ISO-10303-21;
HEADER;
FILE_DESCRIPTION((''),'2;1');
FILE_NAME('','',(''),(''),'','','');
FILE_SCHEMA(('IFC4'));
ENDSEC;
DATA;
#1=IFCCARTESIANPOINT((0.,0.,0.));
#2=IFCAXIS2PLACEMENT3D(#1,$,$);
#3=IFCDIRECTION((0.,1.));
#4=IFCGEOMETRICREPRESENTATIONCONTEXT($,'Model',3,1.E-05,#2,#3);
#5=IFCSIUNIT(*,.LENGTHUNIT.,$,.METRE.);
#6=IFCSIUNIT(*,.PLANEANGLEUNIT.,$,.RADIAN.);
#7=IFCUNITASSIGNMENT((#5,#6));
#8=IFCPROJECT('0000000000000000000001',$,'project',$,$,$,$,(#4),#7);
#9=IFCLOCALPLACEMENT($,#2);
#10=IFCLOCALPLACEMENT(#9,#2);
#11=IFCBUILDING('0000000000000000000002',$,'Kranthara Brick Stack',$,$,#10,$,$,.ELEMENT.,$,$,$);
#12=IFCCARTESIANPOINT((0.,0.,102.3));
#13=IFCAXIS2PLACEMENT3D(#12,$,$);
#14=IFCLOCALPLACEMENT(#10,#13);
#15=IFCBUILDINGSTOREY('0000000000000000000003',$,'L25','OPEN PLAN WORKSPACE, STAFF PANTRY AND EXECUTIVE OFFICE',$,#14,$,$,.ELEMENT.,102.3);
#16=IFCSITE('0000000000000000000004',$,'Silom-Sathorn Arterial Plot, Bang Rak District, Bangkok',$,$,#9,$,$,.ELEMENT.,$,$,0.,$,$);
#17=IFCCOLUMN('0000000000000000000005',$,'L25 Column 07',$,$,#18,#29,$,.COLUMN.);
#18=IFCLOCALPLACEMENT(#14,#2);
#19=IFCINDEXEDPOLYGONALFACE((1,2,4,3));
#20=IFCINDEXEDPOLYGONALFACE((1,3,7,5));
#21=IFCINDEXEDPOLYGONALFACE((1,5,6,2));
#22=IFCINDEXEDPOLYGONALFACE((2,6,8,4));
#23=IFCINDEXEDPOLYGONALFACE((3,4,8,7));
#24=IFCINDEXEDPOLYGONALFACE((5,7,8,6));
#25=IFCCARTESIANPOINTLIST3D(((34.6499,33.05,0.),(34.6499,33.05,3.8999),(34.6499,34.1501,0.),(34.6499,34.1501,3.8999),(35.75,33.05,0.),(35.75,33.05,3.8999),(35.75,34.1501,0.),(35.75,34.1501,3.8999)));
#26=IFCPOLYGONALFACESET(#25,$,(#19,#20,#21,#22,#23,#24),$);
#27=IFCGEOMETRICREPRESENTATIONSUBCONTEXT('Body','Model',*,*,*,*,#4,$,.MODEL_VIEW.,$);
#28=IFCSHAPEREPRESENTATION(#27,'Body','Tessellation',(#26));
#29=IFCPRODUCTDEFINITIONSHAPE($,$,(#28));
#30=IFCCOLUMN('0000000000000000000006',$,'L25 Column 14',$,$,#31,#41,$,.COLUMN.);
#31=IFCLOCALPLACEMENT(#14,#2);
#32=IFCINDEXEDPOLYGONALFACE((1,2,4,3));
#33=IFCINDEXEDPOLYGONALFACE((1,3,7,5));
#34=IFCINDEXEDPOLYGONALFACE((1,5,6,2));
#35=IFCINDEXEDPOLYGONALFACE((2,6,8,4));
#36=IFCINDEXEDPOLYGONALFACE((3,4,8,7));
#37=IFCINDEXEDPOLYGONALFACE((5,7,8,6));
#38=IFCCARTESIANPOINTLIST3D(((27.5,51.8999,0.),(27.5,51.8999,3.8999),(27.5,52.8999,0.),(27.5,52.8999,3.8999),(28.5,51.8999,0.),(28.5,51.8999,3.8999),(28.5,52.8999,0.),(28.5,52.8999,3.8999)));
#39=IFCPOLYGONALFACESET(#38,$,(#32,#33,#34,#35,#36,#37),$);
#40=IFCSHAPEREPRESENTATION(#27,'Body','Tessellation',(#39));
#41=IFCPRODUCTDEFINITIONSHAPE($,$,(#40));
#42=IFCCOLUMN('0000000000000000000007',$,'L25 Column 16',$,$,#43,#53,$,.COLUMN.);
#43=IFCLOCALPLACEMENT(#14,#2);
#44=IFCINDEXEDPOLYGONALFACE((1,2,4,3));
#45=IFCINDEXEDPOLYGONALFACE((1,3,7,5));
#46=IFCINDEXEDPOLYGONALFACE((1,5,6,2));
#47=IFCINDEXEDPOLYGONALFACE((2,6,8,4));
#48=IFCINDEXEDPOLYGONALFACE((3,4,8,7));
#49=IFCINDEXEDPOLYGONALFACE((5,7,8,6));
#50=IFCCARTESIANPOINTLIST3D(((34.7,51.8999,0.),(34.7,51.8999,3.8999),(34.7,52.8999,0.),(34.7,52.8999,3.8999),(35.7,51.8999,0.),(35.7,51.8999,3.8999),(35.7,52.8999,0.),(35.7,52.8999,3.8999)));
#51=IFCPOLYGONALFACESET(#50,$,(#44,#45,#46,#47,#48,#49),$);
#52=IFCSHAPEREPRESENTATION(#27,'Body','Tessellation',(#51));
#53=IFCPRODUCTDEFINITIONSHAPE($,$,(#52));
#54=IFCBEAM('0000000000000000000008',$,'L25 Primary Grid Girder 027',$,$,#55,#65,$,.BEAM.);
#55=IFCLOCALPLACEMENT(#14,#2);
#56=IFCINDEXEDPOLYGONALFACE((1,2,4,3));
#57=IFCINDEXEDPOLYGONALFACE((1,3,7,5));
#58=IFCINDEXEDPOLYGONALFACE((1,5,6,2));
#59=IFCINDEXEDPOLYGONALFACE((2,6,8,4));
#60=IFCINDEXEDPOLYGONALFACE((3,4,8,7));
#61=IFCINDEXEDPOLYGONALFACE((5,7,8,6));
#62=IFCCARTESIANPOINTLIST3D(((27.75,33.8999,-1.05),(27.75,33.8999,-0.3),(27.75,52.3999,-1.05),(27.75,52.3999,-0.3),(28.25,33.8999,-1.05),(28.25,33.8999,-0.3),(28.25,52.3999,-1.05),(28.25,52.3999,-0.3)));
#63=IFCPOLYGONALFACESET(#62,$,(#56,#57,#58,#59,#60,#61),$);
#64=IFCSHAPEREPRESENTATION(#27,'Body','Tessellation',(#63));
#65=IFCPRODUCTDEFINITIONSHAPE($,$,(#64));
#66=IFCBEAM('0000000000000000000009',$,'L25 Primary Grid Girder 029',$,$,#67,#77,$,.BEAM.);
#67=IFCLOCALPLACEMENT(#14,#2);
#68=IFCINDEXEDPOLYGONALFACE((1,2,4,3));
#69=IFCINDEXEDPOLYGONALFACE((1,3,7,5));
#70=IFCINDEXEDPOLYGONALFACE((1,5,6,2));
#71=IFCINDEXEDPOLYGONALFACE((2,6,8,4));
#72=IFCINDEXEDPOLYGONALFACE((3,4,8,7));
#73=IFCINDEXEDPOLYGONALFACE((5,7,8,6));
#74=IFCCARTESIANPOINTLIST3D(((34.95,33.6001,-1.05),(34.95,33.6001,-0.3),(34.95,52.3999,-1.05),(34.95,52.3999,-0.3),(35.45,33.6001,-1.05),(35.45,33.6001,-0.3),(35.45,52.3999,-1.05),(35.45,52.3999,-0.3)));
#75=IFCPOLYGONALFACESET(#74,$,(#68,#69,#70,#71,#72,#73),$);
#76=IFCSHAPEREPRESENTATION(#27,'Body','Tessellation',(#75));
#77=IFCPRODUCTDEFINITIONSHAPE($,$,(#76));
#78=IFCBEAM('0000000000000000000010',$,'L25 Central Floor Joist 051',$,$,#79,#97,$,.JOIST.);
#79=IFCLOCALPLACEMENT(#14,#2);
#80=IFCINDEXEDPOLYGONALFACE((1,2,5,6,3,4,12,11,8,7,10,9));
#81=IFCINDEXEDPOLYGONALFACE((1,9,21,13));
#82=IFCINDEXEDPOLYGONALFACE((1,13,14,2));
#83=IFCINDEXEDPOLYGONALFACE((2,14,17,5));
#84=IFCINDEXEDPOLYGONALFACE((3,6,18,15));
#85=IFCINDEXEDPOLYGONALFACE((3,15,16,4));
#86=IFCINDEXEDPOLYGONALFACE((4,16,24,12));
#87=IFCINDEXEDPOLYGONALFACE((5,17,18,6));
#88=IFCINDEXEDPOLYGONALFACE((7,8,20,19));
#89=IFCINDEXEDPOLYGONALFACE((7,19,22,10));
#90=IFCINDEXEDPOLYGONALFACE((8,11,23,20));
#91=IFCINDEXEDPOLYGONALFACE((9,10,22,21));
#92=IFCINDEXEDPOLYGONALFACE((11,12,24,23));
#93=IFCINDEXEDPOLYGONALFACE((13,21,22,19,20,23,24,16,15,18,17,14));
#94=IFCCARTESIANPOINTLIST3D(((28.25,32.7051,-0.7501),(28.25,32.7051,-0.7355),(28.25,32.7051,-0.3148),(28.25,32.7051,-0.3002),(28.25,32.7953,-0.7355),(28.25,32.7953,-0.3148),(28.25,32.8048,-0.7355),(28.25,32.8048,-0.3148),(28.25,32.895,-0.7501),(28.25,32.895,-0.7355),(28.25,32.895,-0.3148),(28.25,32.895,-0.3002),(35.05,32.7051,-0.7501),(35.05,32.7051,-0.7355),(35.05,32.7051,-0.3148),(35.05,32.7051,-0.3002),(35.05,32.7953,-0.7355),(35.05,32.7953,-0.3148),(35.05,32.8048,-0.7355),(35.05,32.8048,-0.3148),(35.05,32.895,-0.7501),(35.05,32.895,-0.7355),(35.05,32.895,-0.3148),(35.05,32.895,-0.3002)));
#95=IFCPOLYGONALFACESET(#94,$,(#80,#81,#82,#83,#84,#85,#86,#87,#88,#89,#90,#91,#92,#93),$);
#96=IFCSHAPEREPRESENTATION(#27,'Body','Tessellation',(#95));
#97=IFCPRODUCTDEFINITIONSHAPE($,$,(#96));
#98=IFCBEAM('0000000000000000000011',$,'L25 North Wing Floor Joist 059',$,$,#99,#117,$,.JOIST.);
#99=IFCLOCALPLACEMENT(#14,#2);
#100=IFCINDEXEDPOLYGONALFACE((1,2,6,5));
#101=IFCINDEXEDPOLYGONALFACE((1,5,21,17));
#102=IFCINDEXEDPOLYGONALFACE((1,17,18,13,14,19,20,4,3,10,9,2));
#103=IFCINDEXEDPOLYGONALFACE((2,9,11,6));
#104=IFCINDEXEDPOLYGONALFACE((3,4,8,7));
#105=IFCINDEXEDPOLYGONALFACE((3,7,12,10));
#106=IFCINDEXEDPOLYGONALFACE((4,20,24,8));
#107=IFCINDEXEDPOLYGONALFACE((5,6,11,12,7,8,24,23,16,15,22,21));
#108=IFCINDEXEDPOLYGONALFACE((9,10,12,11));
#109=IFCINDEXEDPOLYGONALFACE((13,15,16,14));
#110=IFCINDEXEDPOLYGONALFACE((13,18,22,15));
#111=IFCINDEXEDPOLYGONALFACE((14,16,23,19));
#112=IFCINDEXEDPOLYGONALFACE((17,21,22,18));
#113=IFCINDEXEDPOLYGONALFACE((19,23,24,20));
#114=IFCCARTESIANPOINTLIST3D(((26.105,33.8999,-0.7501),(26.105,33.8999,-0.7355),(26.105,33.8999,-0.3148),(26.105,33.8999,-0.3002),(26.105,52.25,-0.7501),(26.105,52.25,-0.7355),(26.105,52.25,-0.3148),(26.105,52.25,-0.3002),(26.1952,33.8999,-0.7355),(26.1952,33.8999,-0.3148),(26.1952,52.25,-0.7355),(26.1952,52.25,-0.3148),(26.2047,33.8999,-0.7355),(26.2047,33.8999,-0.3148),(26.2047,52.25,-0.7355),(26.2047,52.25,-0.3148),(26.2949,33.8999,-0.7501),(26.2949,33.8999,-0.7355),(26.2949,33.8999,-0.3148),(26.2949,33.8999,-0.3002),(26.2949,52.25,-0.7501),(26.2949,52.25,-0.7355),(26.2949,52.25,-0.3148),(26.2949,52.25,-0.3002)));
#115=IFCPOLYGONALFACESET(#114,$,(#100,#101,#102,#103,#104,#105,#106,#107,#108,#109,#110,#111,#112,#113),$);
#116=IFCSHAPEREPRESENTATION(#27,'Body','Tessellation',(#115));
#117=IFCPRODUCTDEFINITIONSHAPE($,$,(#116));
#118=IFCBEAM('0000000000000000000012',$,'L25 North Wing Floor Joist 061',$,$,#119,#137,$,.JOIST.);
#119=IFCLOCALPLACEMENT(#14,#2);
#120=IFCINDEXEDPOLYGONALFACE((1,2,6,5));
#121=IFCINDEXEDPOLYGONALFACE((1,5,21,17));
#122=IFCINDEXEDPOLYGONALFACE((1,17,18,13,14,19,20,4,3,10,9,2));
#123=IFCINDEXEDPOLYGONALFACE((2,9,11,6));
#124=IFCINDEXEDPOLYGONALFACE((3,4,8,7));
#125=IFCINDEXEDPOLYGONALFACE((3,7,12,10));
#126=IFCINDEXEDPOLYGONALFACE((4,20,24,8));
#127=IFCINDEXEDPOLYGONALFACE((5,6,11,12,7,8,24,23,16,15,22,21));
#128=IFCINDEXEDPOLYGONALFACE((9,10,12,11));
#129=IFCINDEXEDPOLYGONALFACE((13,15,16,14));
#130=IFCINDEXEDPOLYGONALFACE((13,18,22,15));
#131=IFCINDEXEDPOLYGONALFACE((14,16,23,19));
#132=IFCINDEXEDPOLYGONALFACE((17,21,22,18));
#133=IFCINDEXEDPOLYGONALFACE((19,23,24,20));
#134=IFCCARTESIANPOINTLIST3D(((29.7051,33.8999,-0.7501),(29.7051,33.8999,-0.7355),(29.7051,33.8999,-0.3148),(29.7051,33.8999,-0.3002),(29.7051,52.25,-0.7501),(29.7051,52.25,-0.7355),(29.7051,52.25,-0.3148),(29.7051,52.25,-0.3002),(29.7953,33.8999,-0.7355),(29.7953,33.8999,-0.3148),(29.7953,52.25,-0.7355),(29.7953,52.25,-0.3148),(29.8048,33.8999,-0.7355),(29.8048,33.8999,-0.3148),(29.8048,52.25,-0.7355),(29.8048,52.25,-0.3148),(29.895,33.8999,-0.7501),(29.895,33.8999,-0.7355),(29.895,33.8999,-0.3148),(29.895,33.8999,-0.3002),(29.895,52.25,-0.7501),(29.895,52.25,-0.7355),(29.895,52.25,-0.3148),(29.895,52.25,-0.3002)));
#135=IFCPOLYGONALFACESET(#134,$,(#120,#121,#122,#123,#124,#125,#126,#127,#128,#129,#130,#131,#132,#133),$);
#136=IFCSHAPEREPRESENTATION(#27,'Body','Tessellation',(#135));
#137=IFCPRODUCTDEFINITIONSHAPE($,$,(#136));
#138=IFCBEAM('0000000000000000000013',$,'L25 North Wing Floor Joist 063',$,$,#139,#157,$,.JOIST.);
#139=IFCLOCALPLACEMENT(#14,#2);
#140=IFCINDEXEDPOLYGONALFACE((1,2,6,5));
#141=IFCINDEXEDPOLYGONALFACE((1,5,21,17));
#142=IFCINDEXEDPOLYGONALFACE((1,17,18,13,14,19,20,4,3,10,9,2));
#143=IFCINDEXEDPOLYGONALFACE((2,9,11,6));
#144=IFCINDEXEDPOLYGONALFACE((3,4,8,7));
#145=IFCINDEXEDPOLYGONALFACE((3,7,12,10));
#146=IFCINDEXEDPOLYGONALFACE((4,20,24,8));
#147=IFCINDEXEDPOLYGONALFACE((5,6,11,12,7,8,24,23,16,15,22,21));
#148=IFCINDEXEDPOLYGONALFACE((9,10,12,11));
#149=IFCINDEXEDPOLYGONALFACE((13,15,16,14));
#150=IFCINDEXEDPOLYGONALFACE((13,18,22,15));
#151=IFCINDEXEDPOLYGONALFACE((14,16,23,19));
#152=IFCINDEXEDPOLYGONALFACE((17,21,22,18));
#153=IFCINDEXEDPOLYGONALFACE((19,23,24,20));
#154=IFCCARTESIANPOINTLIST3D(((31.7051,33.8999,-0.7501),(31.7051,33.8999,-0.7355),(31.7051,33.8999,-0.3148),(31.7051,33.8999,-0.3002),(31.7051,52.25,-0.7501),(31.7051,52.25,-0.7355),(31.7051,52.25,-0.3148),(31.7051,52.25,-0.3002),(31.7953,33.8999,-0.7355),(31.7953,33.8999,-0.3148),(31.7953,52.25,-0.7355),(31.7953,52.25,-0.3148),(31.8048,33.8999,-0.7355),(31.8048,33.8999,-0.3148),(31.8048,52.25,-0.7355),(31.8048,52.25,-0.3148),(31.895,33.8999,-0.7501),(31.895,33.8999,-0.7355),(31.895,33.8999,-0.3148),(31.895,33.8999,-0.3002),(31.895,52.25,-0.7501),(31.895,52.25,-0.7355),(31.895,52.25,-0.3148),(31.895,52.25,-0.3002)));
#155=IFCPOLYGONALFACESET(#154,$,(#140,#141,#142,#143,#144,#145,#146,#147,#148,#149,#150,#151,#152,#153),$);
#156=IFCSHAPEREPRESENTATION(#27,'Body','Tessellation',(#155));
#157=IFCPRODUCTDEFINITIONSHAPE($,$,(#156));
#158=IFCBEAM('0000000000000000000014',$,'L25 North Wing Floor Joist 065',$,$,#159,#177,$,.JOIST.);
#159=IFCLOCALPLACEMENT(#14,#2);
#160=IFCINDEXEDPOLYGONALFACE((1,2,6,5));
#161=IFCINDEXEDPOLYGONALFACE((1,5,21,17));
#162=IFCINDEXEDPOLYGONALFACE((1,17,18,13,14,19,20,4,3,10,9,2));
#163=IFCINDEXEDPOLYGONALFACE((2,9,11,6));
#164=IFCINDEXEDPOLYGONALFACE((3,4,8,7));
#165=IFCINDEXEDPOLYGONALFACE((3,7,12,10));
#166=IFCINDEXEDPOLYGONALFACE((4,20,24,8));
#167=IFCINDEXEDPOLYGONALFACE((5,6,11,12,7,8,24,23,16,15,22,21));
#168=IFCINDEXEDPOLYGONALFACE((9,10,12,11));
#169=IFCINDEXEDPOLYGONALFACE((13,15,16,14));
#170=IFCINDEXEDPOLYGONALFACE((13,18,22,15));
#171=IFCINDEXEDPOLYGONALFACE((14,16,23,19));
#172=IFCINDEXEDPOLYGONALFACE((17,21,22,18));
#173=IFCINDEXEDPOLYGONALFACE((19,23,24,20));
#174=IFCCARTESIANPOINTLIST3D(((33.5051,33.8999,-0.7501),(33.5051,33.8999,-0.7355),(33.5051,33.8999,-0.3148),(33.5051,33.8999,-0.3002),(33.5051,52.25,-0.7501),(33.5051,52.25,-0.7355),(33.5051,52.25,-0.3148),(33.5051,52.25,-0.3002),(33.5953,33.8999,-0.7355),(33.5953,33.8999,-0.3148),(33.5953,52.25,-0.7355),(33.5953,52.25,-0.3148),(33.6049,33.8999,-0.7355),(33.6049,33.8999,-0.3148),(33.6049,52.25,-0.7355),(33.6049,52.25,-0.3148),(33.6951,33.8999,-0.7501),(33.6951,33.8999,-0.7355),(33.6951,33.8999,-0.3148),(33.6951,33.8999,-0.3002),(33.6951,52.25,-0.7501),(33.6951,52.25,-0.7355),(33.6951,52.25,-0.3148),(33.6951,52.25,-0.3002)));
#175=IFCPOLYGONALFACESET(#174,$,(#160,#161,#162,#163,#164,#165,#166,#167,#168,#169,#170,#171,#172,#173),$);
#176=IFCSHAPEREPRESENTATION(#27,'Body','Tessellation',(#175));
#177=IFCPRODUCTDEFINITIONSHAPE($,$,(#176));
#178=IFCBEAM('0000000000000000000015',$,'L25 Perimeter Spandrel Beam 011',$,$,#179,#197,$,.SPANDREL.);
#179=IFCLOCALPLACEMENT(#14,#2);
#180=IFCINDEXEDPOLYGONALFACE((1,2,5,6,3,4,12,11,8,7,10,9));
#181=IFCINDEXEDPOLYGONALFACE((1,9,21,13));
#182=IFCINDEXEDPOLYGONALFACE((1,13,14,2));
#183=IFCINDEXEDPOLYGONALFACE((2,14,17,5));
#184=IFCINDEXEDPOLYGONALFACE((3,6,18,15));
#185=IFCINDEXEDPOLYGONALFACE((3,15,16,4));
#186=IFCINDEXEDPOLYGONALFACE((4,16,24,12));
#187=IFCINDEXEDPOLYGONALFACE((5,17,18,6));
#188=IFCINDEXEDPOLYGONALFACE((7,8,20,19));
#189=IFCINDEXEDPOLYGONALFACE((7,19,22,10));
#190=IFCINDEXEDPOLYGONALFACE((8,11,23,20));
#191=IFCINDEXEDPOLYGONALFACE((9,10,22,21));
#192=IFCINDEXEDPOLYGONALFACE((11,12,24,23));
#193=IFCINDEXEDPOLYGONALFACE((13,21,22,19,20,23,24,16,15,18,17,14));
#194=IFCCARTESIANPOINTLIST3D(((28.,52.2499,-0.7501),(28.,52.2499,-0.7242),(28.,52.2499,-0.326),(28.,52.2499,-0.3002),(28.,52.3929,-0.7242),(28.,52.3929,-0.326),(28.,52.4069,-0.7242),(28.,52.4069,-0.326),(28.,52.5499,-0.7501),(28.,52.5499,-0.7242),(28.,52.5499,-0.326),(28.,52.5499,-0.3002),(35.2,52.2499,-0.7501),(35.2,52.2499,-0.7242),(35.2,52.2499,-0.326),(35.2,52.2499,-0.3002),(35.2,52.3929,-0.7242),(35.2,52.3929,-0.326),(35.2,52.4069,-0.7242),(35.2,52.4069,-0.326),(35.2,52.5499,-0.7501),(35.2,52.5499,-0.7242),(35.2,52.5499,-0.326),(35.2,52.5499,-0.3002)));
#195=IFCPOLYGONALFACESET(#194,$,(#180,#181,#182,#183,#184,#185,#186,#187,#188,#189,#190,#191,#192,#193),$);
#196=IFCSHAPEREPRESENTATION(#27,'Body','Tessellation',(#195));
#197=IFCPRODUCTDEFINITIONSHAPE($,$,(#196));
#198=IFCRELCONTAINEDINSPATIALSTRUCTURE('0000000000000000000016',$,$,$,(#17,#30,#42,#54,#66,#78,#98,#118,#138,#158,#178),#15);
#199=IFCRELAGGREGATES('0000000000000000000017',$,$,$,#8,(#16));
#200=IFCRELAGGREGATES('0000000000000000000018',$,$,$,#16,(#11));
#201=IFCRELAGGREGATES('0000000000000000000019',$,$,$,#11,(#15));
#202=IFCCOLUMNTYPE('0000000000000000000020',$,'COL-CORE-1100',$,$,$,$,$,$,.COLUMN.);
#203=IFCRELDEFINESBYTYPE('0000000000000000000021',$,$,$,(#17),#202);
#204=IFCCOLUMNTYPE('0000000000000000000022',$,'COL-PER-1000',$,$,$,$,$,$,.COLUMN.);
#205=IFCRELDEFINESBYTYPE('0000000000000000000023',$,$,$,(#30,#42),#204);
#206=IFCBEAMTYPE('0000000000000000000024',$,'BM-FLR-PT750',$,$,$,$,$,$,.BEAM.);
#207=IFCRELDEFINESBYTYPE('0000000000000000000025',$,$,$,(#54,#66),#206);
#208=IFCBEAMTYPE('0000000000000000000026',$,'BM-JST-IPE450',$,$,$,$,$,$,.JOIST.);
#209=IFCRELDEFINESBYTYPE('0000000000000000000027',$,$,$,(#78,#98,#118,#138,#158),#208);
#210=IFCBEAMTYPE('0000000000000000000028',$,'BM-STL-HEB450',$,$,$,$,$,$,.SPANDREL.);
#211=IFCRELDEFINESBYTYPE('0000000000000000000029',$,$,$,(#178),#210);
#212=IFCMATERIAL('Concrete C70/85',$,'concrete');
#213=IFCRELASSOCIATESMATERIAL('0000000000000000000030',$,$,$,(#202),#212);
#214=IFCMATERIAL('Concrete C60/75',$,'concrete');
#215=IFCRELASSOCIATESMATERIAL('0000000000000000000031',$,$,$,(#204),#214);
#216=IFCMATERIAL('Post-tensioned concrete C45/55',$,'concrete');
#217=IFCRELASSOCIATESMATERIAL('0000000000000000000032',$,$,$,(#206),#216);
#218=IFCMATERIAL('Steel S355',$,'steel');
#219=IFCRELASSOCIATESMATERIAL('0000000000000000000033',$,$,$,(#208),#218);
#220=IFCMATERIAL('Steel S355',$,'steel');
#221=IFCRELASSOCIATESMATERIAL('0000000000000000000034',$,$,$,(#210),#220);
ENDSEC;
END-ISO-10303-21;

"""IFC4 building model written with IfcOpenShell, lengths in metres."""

from ifc_helpers import new_model, si_unit, direction, frame, origin, origin_2d, place, context, subcontext, project, spatial, rectangle, i_section, extrude, material, material_profile, profile_set, type_object, element, save


model = new_model("IFC4")

# Units and contexts
model_context = context("Model", 3, precision=1e-05, world=origin(), true_north=direction((0.0, 1.0)))
body_context = subcontext(model_context, "Body", "Model", "MODEL_VIEW")
ifc_project = project(units=[si_unit("LENGTHUNIT", "METRE"), si_unit("PLANEANGLEUNIT", "RADIAN")], contexts=[model_context])

# Site, building, storey
site_placement = place(None, origin())
site = spatial("IfcSite", under=ifc_project, at=site_placement, Name="Silom-Sathorn Arterial Plot, Bang Rak District, Bangkok", CompositionType="ELEMENT", RefElevation=0.0)
building_placement = place(site_placement, origin())
building = spatial("IfcBuilding", under=site, at=building_placement, Name="Kranthara Brick Stack", CompositionType="ELEMENT")
storey_placement = place(building_placement, frame((0.0, 0.0, 102.3)))
storey = spatial("IfcBuildingStorey", under=building, at=storey_placement, Name="L25", Description="OPEN PLAN WORKSPACE, STAFF PANTRY AND EXECUTIVE OFFICE", CompositionType="ELEMENT", Elevation=102.3)

# Columns
ifc_material_1 = material(Name="Concrete C70/85", Category="concrete")
ifc_material_profile_1 = material_profile(ifc_material_1, rectangle(XDim=1.1001, YDim=1.1001, at=origin_2d()), Name="RC 1100x1100")
ifc_profile_set_1 = profile_set([ifc_material_profile_1], Name="Concrete C70/85")
column_type_1 = type_object("IfcColumnType", Name="COL-CORE-1100", PredefinedType="COLUMN", material=ifc_profile_set_1)
column_placement = place(storey_placement, frame((35.2, 33.6001, 0.0), z_axis=(0.0, 0.0, 1.0), x_axis=(1.0, 0.0, 0.0)))
element("IfcColumn", 1, at=column_placement, inside=storey, type_object=column_type_1, Name="L25 Column 07", PredefinedType="COLUMN", context=body_context, shape_type="SweptSolid", body=[
    extrude(rectangle(XDim=1.1001, YDim=1.1001, at=origin_2d()), origin(), (0.0, 0.0, 1.0), 3.8999),
])
ifc_material_2 = material(Name="Concrete C60/75", Category="concrete")
ifc_material_profile_2 = material_profile(ifc_material_2, rectangle(XDim=1.0, YDim=1.0, at=origin_2d()), Name="RC 1000x1000")
ifc_profile_set_2 = profile_set([ifc_material_profile_2], Name="Concrete C60/75")
column_type_2 = type_object("IfcColumnType", Name="COL-PER-1000", PredefinedType="COLUMN", material=ifc_profile_set_2)
for number, where, z_axis, x_axis, name in (
    (2, (28.0, 52.3999, 0.0), (0.0, 0.0, 1.0), (1.0, 0.0, 0.0), "L25 Column 14"),
    (3, (35.2, 52.3999, 0.0), (0.0, 0.0, 1.0), (1.0, 0.0, 0.0), "L25 Column 16"),
):
    element("IfcColumn", number, at=place(storey_placement, frame(where, z_axis=z_axis, x_axis=x_axis)), inside=storey, type_object=column_type_2, Name=name, PredefinedType="COLUMN", context=body_context, shape_type="SweptSolid", body=[
        extrude(rectangle(XDim=1.0, YDim=1.0, at=origin_2d()), origin(), (0.0, 0.0, 1.0), 3.8999),
    ])

# Beams
ifc_material_3 = material(Name="Post-tensioned concrete C45/55", Category="concrete")
ifc_material_profile_3 = material_profile(ifc_material_3, rectangle(XDim=0.5, YDim=0.75, at=origin_2d()), Name="PT 500x750")
ifc_profile_set_3 = profile_set([ifc_material_profile_3], Name="Post-tensioned concrete C45/55")
beam_type_1 = type_object("IfcBeamType", Name="BM-FLR-PT750", PredefinedType="BEAM", material=ifc_profile_set_3)
beam_1_placement = place(storey_placement, frame((28.0, 33.8999, -0.675), z_axis=(0.0, 1.0, 0.0), x_axis=(-1.0, 0.0, 0.0)))
element("IfcBeam", 4, at=beam_1_placement, inside=storey, type_object=beam_type_1, Name="L25 Primary Grid Girder 027", PredefinedType="BEAM", context=body_context, shape_type="SweptSolid", body=[
    extrude(rectangle(XDim=0.5, YDim=0.75, at=origin_2d()), origin(), (0.0, 0.0, 1.0), 18.5),
])
beam_2_placement = place(storey_placement, frame((35.2, 33.6001, -0.675), z_axis=(0.0, 1.0, 0.0), x_axis=(-1.0, 0.0, 0.0)))
element("IfcBeam", 5, at=beam_2_placement, inside=storey, type_object=beam_type_1, Name="L25 Primary Grid Girder 029", PredefinedType="BEAM", context=body_context, shape_type="SweptSolid", body=[
    extrude(rectangle(XDim=0.5, YDim=0.75, at=origin_2d()), origin(), (0.0, 0.0, 1.0), 18.7998),
])
ifc_material_4 = material(Name="Steel S355", Category="steel")
ifc_material_profile_4 = material_profile(ifc_material_4, i_section(OverallWidth=0.1899, OverallDepth=0.45, WebThickness=0.0095, FlangeThickness=0.0146, at=origin_2d()), Name="IPE 450")
ifc_profile_set_4 = profile_set([ifc_material_profile_4], Name="Steel S355")
beam_type_2 = type_object("IfcBeamType", Name="BM-JST-IPE450", PredefinedType="JOIST", material=ifc_profile_set_4)
beam_3_placement = place(storey_placement, frame((28.25, 32.8, -0.5251), z_axis=(1.0, 0.0, 0.0), x_axis=(0.0, 1.0, 0.0)))
element("IfcBeam", 6, at=beam_3_placement, inside=storey, type_object=beam_type_2, Name="L25 Central Floor Joist 051", PredefinedType="JOIST", context=body_context, shape_type="SweptSolid", body=[
    extrude(i_section(OverallWidth=0.1899, OverallDepth=0.45, WebThickness=0.0095, FlangeThickness=0.0146, at=origin_2d()), origin(), (0.0, 0.0, 1.0), 6.8),
])
for number, where, z_axis, x_axis, name in (
    (7, (26.2, 33.8999, -0.5251), (0.0, 1.0, 0.0), (-1.0, 0.0, 0.0), "L25 North Wing Floor Joist 059"),
    (8, (29.8, 33.8999, -0.5251), (0.0, 1.0, 0.0), (-1.0, 0.0, 0.0), "L25 North Wing Floor Joist 061"),
    (9, (31.8, 33.8999, -0.5251), (0.0, 1.0, 0.0), (-1.0, 0.0, 0.0), "L25 North Wing Floor Joist 063"),
    (10, (33.6001, 33.8999, -0.5251), (0.0, 1.0, 0.0), (-1.0, 0.0, 0.0), "L25 North Wing Floor Joist 065"),
):
    element("IfcBeam", number, at=place(storey_placement, frame(where, z_axis=z_axis, x_axis=x_axis)), inside=storey, type_object=beam_type_2, Name=name, PredefinedType="JOIST", context=body_context, shape_type="SweptSolid", body=[
        extrude(i_section(OverallWidth=0.1899, OverallDepth=0.45, WebThickness=0.0095, FlangeThickness=0.0146, at=origin_2d()), origin(), (0.0, 0.0, 1.0), 18.3501),
    ])
ifc_material_5 = material(Name="Steel S355", Category="steel")
ifc_material_profile_5 = material_profile(ifc_material_5, i_section(OverallWidth=0.3, OverallDepth=0.45, WebThickness=0.0139, FlangeThickness=0.0259, at=origin_2d()), Name="HEB 450")
ifc_profile_set_5 = profile_set([ifc_material_profile_5], Name="Steel S355")
beam_type_3 = type_object("IfcBeamType", Name="BM-STL-HEB450", PredefinedType="SPANDREL", material=ifc_profile_set_5)
beam_4_placement = place(storey_placement, frame((28.0, 52.3999, -0.5251), z_axis=(1.0, 0.0, 0.0), x_axis=(0.0, 1.0, 0.0)))
element("IfcBeam", 11, at=beam_4_placement, inside=storey, type_object=beam_type_3, Name="L25 Perimeter Spandrel Beam 011", PredefinedType="SPANDREL", context=body_context, shape_type="SweptSolid", body=[
    extrude(i_section(OverallWidth=0.3, OverallDepth=0.45, WebThickness=0.0139, FlangeThickness=0.0259, at=origin_2d()), origin(), (0.0, 0.0, 1.0), 7.2),
])

save(model, "model.ifc")
